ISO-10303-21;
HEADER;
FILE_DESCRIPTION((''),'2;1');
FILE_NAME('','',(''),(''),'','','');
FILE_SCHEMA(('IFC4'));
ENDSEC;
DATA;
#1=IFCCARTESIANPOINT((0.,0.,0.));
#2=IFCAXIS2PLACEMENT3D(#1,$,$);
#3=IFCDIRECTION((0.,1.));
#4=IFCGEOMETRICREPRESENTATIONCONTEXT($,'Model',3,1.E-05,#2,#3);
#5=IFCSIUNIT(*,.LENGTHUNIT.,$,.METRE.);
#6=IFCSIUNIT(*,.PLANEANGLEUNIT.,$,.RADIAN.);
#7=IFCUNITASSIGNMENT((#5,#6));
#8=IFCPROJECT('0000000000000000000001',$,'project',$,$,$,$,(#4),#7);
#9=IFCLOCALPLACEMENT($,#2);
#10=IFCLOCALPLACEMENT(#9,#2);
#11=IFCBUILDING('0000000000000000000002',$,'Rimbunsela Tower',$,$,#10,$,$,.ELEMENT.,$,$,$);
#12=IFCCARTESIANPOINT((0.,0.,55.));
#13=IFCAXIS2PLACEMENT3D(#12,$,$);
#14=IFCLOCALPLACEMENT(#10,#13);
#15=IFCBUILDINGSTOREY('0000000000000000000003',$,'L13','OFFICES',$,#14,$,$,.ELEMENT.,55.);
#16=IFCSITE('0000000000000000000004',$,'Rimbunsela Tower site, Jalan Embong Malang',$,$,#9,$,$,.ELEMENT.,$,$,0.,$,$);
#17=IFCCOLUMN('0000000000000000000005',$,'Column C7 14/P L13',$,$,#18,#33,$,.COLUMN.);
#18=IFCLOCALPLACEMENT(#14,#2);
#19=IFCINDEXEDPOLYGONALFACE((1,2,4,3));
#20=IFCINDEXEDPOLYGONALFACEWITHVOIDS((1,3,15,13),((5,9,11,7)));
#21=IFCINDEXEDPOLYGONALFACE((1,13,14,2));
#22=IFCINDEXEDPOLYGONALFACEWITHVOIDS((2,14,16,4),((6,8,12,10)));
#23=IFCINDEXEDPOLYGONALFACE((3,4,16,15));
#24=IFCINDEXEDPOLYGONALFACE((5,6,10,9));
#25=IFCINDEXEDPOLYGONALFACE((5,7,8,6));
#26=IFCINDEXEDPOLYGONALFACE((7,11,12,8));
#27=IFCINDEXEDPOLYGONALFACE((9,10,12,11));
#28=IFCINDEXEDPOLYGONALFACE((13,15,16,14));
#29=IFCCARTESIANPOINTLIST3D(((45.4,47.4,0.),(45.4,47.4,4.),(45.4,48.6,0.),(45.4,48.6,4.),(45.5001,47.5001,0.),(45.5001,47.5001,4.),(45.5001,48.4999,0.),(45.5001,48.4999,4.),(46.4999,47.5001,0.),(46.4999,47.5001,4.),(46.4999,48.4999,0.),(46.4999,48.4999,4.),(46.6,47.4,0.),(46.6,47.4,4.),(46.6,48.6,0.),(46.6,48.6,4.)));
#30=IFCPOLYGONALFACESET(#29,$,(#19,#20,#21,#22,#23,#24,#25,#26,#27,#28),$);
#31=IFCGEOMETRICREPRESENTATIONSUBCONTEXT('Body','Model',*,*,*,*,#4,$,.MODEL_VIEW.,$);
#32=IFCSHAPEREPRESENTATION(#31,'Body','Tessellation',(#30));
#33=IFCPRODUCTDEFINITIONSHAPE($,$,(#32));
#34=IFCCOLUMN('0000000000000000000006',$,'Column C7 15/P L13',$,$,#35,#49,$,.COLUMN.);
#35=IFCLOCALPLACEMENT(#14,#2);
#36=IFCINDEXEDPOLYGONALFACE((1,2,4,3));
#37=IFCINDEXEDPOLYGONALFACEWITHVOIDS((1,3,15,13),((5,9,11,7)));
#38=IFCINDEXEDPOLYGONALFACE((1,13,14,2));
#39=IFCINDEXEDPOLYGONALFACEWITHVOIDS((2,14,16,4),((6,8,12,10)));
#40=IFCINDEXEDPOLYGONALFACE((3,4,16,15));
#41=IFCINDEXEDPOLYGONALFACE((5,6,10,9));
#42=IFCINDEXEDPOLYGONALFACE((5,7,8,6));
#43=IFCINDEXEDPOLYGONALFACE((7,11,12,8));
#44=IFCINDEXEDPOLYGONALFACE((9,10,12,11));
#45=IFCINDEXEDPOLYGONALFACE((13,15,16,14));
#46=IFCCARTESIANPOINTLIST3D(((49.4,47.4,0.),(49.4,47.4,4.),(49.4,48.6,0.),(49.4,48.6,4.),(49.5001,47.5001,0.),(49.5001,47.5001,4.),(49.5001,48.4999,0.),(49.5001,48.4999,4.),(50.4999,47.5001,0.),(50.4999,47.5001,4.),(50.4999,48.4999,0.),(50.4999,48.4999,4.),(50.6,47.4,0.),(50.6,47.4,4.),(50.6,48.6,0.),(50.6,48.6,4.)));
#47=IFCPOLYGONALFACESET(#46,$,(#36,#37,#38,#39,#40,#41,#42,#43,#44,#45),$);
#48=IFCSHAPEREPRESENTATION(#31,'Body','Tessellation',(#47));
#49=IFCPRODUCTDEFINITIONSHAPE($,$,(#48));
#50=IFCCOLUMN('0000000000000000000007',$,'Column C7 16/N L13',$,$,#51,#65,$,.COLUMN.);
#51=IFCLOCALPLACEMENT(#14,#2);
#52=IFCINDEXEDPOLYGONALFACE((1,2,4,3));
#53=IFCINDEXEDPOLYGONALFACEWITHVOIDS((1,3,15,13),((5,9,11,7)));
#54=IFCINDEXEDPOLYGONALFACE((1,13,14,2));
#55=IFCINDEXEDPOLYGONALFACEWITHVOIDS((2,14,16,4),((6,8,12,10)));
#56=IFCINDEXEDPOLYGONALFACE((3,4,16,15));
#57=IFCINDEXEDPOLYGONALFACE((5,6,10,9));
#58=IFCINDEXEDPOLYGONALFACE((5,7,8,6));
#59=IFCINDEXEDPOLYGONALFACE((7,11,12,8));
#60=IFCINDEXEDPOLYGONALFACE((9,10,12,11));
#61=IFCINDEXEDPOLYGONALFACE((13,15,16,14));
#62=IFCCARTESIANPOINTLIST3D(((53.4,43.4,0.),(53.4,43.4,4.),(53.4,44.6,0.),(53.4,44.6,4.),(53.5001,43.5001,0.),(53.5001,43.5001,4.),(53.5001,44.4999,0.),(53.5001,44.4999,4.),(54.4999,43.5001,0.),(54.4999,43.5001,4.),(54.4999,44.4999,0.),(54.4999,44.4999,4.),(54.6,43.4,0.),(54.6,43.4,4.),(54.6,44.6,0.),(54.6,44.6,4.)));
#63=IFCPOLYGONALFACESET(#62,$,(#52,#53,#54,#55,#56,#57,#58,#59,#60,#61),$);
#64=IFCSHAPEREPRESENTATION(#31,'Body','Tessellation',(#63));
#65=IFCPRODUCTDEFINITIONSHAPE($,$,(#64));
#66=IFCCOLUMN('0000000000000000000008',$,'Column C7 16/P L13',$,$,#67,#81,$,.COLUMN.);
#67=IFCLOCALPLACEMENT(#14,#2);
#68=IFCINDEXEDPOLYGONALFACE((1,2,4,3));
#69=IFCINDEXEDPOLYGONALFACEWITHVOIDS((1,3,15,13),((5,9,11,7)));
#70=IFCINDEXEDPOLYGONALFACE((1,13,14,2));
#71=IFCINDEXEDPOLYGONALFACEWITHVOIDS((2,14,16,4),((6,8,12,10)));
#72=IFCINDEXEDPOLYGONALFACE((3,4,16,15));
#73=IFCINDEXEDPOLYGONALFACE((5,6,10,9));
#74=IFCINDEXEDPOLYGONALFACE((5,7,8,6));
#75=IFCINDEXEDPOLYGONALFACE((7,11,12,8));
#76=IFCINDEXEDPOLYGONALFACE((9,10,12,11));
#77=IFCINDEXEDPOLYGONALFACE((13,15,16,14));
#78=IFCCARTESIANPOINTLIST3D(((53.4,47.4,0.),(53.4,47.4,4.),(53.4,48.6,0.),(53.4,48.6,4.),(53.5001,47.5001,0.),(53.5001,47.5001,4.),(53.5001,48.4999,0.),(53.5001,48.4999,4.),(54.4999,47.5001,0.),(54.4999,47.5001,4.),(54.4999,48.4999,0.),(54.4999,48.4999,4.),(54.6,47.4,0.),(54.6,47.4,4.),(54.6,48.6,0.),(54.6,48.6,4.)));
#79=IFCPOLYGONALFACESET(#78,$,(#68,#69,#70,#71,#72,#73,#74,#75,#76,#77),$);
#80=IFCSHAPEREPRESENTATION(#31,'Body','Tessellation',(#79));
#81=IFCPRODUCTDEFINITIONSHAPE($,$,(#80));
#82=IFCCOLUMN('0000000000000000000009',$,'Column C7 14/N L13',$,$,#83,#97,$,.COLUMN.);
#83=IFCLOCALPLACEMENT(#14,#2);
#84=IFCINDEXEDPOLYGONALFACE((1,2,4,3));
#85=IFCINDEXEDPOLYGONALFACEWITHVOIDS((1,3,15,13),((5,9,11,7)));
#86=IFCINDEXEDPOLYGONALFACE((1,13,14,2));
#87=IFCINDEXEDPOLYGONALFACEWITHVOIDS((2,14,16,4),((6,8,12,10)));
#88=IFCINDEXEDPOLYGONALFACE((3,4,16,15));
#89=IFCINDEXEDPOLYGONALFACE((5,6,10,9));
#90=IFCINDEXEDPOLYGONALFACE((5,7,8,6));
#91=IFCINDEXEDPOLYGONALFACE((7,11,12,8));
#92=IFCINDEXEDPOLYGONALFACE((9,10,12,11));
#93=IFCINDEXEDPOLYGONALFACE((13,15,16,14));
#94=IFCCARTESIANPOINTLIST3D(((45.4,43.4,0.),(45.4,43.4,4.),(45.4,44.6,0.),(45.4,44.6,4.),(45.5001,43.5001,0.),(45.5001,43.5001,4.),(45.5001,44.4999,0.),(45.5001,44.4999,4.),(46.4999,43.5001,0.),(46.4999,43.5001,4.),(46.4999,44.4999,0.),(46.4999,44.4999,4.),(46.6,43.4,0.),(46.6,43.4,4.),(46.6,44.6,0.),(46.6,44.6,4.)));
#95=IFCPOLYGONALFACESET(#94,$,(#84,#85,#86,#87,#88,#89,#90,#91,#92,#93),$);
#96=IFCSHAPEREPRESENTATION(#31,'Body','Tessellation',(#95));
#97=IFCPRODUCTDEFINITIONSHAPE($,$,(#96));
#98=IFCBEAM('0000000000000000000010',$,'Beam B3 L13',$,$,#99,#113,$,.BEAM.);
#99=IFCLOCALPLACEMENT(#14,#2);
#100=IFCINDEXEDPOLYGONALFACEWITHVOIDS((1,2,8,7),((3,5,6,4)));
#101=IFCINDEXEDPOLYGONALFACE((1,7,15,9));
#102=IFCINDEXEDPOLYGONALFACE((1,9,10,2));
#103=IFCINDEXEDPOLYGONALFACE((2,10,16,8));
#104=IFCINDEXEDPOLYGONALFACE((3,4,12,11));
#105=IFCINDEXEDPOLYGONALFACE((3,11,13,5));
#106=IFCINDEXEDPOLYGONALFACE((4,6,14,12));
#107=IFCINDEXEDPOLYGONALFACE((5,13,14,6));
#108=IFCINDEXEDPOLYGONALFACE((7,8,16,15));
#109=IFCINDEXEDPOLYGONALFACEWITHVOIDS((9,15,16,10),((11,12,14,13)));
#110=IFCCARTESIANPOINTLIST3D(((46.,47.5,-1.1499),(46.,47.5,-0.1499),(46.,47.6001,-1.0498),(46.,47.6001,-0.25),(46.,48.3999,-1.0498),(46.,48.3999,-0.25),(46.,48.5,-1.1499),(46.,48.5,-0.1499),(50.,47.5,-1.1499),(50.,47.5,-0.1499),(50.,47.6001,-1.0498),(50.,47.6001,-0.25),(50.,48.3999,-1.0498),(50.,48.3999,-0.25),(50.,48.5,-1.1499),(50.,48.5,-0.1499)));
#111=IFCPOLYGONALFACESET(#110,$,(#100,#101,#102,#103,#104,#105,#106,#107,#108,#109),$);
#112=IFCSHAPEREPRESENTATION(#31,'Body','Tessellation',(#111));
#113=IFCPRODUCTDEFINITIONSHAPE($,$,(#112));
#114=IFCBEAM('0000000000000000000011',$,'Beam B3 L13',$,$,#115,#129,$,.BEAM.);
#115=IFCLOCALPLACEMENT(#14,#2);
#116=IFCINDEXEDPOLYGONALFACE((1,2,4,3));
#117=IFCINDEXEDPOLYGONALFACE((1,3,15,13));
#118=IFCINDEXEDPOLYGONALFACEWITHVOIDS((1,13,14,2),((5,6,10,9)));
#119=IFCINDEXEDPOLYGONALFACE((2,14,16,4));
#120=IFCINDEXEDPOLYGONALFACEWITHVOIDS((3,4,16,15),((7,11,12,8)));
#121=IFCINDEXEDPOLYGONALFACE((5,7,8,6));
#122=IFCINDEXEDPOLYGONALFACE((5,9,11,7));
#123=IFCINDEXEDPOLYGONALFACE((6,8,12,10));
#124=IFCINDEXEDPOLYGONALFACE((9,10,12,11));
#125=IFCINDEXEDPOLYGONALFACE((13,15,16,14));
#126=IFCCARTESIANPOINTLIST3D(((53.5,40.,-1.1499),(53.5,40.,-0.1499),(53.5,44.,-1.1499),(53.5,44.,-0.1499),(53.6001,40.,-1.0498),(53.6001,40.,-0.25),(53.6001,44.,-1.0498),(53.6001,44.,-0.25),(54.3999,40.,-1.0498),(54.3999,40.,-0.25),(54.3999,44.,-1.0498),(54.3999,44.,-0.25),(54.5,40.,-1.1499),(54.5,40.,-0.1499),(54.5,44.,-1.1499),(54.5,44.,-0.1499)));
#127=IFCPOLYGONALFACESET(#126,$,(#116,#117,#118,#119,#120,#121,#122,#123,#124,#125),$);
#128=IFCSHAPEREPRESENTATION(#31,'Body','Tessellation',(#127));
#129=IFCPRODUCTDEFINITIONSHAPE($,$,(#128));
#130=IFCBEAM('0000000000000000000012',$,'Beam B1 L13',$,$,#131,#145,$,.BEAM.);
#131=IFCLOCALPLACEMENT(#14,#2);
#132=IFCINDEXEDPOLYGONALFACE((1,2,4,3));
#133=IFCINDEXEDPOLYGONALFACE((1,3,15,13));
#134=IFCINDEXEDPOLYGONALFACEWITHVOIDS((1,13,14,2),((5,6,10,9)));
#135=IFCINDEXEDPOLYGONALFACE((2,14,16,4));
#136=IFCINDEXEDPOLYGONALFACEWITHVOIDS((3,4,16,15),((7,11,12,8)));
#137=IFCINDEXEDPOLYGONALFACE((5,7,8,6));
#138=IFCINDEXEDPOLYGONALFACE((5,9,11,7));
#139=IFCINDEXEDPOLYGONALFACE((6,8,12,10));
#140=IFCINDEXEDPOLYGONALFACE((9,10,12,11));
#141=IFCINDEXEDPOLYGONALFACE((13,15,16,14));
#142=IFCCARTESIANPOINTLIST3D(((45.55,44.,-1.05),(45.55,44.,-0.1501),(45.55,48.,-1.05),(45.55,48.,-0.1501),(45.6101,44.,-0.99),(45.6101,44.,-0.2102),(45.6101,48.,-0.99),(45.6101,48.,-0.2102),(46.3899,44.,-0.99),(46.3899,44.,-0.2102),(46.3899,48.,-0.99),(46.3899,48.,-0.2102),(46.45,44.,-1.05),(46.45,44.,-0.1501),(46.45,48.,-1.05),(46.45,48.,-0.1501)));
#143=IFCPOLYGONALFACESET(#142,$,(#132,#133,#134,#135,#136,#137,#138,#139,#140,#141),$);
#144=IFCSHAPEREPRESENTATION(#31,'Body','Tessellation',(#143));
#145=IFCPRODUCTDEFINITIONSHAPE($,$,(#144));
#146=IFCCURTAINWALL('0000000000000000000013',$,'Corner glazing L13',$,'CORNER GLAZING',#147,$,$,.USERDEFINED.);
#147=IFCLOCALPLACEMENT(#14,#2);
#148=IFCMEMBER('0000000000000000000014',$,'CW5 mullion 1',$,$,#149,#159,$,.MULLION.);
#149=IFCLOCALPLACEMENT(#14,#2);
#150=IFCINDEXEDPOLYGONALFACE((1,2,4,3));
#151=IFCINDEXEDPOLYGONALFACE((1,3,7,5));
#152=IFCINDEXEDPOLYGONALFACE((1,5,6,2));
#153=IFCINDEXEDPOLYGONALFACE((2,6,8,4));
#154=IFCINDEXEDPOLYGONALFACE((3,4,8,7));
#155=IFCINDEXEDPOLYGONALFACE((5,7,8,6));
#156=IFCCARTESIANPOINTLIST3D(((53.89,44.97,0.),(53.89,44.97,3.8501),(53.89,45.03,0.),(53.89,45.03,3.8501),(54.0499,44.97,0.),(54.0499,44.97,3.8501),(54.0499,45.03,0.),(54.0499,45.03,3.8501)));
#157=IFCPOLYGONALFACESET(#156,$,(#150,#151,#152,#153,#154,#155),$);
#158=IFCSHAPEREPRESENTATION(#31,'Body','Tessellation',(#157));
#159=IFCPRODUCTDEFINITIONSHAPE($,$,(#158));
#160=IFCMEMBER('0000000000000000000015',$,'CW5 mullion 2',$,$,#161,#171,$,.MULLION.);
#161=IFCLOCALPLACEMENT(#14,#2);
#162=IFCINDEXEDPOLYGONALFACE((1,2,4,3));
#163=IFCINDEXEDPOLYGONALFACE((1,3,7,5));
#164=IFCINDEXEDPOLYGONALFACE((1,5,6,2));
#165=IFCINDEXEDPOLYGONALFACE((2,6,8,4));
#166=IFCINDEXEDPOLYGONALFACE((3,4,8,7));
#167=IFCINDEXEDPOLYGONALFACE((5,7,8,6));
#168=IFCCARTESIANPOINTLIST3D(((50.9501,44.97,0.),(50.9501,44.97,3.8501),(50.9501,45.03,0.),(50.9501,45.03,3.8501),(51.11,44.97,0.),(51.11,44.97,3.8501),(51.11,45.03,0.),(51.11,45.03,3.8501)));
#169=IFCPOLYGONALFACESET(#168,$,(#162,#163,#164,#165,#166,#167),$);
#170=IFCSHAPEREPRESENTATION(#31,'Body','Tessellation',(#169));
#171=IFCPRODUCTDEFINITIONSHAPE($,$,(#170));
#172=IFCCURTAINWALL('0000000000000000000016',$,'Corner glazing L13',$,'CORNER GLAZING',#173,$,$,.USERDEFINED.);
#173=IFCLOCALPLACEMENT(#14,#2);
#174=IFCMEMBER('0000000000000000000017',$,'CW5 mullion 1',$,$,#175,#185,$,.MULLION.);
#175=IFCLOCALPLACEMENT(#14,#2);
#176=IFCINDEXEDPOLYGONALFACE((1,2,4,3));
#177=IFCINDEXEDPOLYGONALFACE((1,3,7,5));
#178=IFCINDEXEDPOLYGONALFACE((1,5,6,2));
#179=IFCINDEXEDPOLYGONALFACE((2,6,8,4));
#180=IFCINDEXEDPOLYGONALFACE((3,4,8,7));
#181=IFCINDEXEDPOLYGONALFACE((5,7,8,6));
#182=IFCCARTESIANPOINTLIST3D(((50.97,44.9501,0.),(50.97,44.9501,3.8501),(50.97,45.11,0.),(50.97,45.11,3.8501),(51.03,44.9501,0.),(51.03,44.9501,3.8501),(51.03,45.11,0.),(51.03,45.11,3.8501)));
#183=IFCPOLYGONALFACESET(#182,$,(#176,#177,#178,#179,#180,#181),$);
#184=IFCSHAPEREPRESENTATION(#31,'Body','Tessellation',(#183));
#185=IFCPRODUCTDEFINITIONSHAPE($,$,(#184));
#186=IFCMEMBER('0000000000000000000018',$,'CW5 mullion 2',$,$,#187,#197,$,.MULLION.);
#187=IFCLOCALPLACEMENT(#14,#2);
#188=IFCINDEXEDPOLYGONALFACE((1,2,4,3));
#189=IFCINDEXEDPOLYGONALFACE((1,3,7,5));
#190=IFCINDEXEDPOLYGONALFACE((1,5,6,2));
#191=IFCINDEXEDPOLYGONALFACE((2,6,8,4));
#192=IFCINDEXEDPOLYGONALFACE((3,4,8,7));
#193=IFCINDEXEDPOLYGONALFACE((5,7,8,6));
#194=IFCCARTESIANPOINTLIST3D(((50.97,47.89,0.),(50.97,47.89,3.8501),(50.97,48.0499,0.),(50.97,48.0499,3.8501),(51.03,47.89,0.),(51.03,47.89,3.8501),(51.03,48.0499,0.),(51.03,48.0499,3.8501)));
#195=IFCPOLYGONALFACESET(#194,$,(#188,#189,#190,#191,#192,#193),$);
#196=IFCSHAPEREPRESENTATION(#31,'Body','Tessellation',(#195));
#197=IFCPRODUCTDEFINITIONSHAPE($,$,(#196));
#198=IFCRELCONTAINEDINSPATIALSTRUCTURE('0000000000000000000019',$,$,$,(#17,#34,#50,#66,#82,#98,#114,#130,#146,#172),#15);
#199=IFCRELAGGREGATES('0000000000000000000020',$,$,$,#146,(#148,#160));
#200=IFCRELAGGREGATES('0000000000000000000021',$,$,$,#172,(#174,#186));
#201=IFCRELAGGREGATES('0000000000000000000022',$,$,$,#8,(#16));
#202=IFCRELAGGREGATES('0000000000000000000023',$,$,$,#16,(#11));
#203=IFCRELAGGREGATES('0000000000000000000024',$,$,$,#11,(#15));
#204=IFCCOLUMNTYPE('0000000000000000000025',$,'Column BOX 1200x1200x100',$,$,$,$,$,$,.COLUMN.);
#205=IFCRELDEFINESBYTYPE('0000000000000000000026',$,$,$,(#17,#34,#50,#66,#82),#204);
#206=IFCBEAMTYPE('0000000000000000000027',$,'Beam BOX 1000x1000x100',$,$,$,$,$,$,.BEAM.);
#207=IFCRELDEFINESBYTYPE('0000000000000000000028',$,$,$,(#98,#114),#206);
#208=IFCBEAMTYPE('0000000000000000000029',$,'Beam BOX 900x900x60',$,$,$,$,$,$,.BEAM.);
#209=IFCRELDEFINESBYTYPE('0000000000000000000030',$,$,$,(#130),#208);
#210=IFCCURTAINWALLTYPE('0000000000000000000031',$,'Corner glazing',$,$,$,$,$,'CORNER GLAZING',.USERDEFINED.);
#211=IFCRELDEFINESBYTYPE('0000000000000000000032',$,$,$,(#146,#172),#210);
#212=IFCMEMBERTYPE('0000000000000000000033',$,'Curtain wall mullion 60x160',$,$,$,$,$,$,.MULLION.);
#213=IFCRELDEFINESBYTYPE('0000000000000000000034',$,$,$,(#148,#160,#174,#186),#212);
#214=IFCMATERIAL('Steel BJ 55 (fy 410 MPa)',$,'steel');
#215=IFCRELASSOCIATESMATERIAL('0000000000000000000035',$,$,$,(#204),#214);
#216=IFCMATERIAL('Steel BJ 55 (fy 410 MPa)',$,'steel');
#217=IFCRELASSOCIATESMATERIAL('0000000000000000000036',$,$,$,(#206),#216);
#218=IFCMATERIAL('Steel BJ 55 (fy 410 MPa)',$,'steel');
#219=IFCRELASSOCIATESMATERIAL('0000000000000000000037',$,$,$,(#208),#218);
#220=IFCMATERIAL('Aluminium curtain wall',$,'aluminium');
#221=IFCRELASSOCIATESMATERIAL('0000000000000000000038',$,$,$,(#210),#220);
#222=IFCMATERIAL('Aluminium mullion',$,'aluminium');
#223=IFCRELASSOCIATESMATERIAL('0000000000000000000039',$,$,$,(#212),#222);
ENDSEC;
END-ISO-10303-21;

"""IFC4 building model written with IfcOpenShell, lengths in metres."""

from ifc_helpers import new_model, si_unit, direction, frame, origin, origin_2d, place, context, subcontext, project, spatial, rectangle, hollow_rectangle, extrude, material, material_profile, profile_set, type_object, element, aggregate, save


model = new_model("IFC4")

# Units and contexts
model_context = context("Model", 3, precision=1e-05, world=origin(), true_north=direction((0.0, 1.0)))
body_context = subcontext(model_context, "Body", "Model", "MODEL_VIEW")
ifc_project = project(units=[si_unit("LENGTHUNIT", "METRE"), si_unit("PLANEANGLEUNIT", "RADIAN")], contexts=[model_context])

# Site, building, storey
site_placement = place(None, origin())
site = spatial("IfcSite", under=ifc_project, at=site_placement, Name="Rimbunsela Tower site, Jalan Embong Malang", CompositionType="ELEMENT", RefElevation=0.0)
building_placement = place(site_placement, origin())
building = spatial("IfcBuilding", under=site, at=building_placement, Name="Rimbunsela Tower", CompositionType="ELEMENT")
storey_placement = place(building_placement, frame((0.0, 0.0, 55.0)))
storey = spatial("IfcBuildingStorey", under=building, at=storey_placement, Name="L13", Description="OFFICES", CompositionType="ELEMENT", Elevation=55.0)

# Columns
ifc_material_1 = material(Name="Steel BJ 55 (fy 410 MPa)", Category="steel")
ifc_material_profile_1 = material_profile(ifc_material_1, hollow_rectangle(XDim=1.2, YDim=1.2, WallThickness=0.1001, at=origin_2d()), Name="BOX 1200x1200x100")
ifc_profile_set_1 = profile_set([ifc_material_profile_1], Name="Steel BJ 55 (fy 410 MPa)")
column_type = type_object("IfcColumnType", Name="Column BOX 1200x1200x100", PredefinedType="COLUMN", material=ifc_profile_set_1)
for number, where, z_axis, x_axis, name in (
    (1, (46.0, 48.0, 0.0), (0.0, 0.0, 1.0), (1.0, 0.0, 0.0), "Column C7 14/P L13"),
    (2, (50.0, 48.0, 0.0), (0.0, 0.0, 1.0), (1.0, 0.0, 0.0), "Column C7 15/P L13"),
    (3, (54.0, 44.0, 0.0), (0.0, 0.0, 1.0), (1.0, 0.0, 0.0), "Column C7 16/N L13"),
    (4, (54.0, 48.0, 0.0), (0.0, 0.0, 1.0), (1.0, 0.0, 0.0), "Column C7 16/P L13"),
    (5, (46.0, 44.0, 0.0), (0.0, 0.0, 1.0), (1.0, 0.0, 0.0), "Column C7 14/N L13"),
):
    element("IfcColumn", number, at=place(storey_placement, frame(where, z_axis=z_axis, x_axis=x_axis)), inside=storey, type_object=column_type, Name=name, PredefinedType="COLUMN", context=body_context, shape_type="SweptSolid", body=[
        extrude(hollow_rectangle(XDim=1.2, YDim=1.2, WallThickness=0.1001, at=origin_2d()), origin(), (0.0, 0.0, 1.0), 4.0),
    ])

# Beams
ifc_material_2 = material(Name="Steel BJ 55 (fy 410 MPa)", Category="steel")
ifc_material_profile_2 = material_profile(ifc_material_2, hollow_rectangle(XDim=1.0, YDim=1.0, WallThickness=0.1001, at=origin_2d()), Name="BOX 1000x1000x100")
ifc_profile_set_2 = profile_set([ifc_material_profile_2], Name="Steel BJ 55 (fy 410 MPa)")
beam_type_1 = type_object("IfcBeamType", Name="Beam BOX 1000x1000x100", PredefinedType="BEAM", material=ifc_profile_set_2)
for number, where, z_axis, x_axis, name in (
    (6, (46.0, 48.0, -0.6499), (1.0, 0.0, 0.0), (0.0, 1.0, 0.0), "Beam B3 L13"),
    (7, (54.0, 40.0, -0.6499), (0.0, 1.0, 0.0), (-1.0, 0.0, 0.0), "Beam B3 L13"),
):
    element("IfcBeam", number, at=place(storey_placement, frame(where, z_axis=z_axis, x_axis=x_axis)), inside=storey, type_object=beam_type_1, Name=name, PredefinedType="BEAM", context=body_context, shape_type="SweptSolid", body=[
        extrude(hollow_rectangle(XDim=1.0, YDim=1.0, WallThickness=0.1001, at=origin_2d()), origin(), (0.0, 0.0, 1.0), 4.0),
    ])
ifc_material_3 = material(Name="Steel BJ 55 (fy 410 MPa)", Category="steel")
ifc_material_profile_3 = material_profile(ifc_material_3, hollow_rectangle(XDim=0.8999, YDim=0.8999, WallThickness=0.0601, at=origin_2d()), Name="BOX 900x900x60")
ifc_profile_set_3 = profile_set([ifc_material_profile_3], Name="Steel BJ 55 (fy 410 MPa)")
beam_type_2 = type_object("IfcBeamType", Name="Beam BOX 900x900x60", PredefinedType="BEAM", material=ifc_profile_set_3)
beam_placement = place(storey_placement, frame((46.0, 44.0, -0.6001), z_axis=(0.0, 1.0, 0.0), x_axis=(-1.0, 0.0, 0.0)))
element("IfcBeam", 8, at=beam_placement, inside=storey, type_object=beam_type_2, Name="Beam B1 L13", PredefinedType="BEAM", context=body_context, shape_type="SweptSolid", body=[
    extrude(hollow_rectangle(XDim=0.8999, YDim=0.8999, WallThickness=0.0601, at=origin_2d()), origin(), (0.0, 0.0, 1.0), 4.0),
])

# Curtain walls, members
ifc_material_4 = material(Name="Aluminium curtain wall", Category="aluminium")
curtain_wall_type = type_object("IfcCurtainWallType", Name="Corner glazing", ElementType="CORNER GLAZING", PredefinedType="USERDEFINED", material=ifc_material_4)
curtain_wall_1_placement = place(storey_placement, origin())
curtain_wall_1 = element("IfcCurtainWall", 9, at=curtain_wall_1_placement, inside=storey, type_object=curtain_wall_type, Name="Corner glazing L13", ObjectType="CORNER GLAZING", PredefinedType="USERDEFINED")
ifc_material_5 = material(Name="Aluminium mullion", Category="aluminium")
ifc_material_profile_4 = material_profile(ifc_material_5, rectangle(XDim=0.0601, YDim=0.1599, at=origin_2d()), Name="Mullion 60x160")
ifc_profile_set_4 = profile_set([ifc_material_profile_4], Name="Aluminium mullion")
member_type_1 = type_object("IfcMemberType", Name="Curtain wall mullion 60x160", PredefinedType="MULLION", material=ifc_profile_set_4)
member_1_placement = place(storey_placement, frame((53.97, 45.0, 0.0), z_axis=(0.0, 0.0, 1.0), x_axis=(0.0, -1.0, 0.0)))
member_1 = element("IfcMember", 10, at=member_1_placement, type_object=member_type_1, Name="CW5 mullion 1", PredefinedType="MULLION", context=body_context, shape_type="SweptSolid", body=[
    extrude(rectangle(XDim=0.0601, YDim=0.1599, at=origin_2d()), origin(), (0.0, 0.0, 1.0), 3.8501),
])
member_2_placement = place(storey_placement, frame((51.03, 45.0, 0.0), z_axis=(0.0, 0.0, 1.0), x_axis=(0.0, -1.0, 0.0)))
member_2 = element("IfcMember", 11, at=member_2_placement, type_object=member_type_1, Name="CW5 mullion 2", PredefinedType="MULLION", context=body_context, shape_type="SweptSolid", body=[
    extrude(rectangle(XDim=0.0601, YDim=0.1599, at=origin_2d()), origin(), (0.0, 0.0, 1.0), 3.8501),
])
curtain_wall_2_placement = place(storey_placement, origin())
curtain_wall_2 = element("IfcCurtainWall", 12, at=curtain_wall_2_placement, inside=storey, type_object=curtain_wall_type, Name="Corner glazing L13", ObjectType="CORNER GLAZING", PredefinedType="USERDEFINED")
member_3_placement = place(storey_placement, frame((51.0, 45.03, 0.0), z_axis=(0.0, 0.0, 1.0), x_axis=(-1.0, 0.0, 0.0)))
member_3 = element("IfcMember", 13, at=member_3_placement, type_object=member_type_1, Name="CW5 mullion 1", PredefinedType="MULLION", context=body_context, shape_type="SweptSolid", body=[
    extrude(rectangle(XDim=0.0601, YDim=0.1599, at=origin_2d()), origin(), (0.0, 0.0, 1.0), 3.8501),
])
member_4_placement = place(storey_placement, frame((51.0, 47.97, 0.0), z_axis=(0.0, 0.0, 1.0), x_axis=(-1.0, 0.0, 0.0)))
member_4 = element("IfcMember", 14, at=member_4_placement, type_object=member_type_1, Name="CW5 mullion 2", PredefinedType="MULLION", context=body_context, shape_type="SweptSolid", body=[
    extrude(rectangle(XDim=0.0601, YDim=0.1599, at=origin_2d()), origin(), (0.0, 0.0, 1.0), 3.8501),
])

aggregate(curtain_wall_1, [member_1, member_2])
aggregate(curtain_wall_2, [member_3, member_4])

save(model, "model.ifc")
